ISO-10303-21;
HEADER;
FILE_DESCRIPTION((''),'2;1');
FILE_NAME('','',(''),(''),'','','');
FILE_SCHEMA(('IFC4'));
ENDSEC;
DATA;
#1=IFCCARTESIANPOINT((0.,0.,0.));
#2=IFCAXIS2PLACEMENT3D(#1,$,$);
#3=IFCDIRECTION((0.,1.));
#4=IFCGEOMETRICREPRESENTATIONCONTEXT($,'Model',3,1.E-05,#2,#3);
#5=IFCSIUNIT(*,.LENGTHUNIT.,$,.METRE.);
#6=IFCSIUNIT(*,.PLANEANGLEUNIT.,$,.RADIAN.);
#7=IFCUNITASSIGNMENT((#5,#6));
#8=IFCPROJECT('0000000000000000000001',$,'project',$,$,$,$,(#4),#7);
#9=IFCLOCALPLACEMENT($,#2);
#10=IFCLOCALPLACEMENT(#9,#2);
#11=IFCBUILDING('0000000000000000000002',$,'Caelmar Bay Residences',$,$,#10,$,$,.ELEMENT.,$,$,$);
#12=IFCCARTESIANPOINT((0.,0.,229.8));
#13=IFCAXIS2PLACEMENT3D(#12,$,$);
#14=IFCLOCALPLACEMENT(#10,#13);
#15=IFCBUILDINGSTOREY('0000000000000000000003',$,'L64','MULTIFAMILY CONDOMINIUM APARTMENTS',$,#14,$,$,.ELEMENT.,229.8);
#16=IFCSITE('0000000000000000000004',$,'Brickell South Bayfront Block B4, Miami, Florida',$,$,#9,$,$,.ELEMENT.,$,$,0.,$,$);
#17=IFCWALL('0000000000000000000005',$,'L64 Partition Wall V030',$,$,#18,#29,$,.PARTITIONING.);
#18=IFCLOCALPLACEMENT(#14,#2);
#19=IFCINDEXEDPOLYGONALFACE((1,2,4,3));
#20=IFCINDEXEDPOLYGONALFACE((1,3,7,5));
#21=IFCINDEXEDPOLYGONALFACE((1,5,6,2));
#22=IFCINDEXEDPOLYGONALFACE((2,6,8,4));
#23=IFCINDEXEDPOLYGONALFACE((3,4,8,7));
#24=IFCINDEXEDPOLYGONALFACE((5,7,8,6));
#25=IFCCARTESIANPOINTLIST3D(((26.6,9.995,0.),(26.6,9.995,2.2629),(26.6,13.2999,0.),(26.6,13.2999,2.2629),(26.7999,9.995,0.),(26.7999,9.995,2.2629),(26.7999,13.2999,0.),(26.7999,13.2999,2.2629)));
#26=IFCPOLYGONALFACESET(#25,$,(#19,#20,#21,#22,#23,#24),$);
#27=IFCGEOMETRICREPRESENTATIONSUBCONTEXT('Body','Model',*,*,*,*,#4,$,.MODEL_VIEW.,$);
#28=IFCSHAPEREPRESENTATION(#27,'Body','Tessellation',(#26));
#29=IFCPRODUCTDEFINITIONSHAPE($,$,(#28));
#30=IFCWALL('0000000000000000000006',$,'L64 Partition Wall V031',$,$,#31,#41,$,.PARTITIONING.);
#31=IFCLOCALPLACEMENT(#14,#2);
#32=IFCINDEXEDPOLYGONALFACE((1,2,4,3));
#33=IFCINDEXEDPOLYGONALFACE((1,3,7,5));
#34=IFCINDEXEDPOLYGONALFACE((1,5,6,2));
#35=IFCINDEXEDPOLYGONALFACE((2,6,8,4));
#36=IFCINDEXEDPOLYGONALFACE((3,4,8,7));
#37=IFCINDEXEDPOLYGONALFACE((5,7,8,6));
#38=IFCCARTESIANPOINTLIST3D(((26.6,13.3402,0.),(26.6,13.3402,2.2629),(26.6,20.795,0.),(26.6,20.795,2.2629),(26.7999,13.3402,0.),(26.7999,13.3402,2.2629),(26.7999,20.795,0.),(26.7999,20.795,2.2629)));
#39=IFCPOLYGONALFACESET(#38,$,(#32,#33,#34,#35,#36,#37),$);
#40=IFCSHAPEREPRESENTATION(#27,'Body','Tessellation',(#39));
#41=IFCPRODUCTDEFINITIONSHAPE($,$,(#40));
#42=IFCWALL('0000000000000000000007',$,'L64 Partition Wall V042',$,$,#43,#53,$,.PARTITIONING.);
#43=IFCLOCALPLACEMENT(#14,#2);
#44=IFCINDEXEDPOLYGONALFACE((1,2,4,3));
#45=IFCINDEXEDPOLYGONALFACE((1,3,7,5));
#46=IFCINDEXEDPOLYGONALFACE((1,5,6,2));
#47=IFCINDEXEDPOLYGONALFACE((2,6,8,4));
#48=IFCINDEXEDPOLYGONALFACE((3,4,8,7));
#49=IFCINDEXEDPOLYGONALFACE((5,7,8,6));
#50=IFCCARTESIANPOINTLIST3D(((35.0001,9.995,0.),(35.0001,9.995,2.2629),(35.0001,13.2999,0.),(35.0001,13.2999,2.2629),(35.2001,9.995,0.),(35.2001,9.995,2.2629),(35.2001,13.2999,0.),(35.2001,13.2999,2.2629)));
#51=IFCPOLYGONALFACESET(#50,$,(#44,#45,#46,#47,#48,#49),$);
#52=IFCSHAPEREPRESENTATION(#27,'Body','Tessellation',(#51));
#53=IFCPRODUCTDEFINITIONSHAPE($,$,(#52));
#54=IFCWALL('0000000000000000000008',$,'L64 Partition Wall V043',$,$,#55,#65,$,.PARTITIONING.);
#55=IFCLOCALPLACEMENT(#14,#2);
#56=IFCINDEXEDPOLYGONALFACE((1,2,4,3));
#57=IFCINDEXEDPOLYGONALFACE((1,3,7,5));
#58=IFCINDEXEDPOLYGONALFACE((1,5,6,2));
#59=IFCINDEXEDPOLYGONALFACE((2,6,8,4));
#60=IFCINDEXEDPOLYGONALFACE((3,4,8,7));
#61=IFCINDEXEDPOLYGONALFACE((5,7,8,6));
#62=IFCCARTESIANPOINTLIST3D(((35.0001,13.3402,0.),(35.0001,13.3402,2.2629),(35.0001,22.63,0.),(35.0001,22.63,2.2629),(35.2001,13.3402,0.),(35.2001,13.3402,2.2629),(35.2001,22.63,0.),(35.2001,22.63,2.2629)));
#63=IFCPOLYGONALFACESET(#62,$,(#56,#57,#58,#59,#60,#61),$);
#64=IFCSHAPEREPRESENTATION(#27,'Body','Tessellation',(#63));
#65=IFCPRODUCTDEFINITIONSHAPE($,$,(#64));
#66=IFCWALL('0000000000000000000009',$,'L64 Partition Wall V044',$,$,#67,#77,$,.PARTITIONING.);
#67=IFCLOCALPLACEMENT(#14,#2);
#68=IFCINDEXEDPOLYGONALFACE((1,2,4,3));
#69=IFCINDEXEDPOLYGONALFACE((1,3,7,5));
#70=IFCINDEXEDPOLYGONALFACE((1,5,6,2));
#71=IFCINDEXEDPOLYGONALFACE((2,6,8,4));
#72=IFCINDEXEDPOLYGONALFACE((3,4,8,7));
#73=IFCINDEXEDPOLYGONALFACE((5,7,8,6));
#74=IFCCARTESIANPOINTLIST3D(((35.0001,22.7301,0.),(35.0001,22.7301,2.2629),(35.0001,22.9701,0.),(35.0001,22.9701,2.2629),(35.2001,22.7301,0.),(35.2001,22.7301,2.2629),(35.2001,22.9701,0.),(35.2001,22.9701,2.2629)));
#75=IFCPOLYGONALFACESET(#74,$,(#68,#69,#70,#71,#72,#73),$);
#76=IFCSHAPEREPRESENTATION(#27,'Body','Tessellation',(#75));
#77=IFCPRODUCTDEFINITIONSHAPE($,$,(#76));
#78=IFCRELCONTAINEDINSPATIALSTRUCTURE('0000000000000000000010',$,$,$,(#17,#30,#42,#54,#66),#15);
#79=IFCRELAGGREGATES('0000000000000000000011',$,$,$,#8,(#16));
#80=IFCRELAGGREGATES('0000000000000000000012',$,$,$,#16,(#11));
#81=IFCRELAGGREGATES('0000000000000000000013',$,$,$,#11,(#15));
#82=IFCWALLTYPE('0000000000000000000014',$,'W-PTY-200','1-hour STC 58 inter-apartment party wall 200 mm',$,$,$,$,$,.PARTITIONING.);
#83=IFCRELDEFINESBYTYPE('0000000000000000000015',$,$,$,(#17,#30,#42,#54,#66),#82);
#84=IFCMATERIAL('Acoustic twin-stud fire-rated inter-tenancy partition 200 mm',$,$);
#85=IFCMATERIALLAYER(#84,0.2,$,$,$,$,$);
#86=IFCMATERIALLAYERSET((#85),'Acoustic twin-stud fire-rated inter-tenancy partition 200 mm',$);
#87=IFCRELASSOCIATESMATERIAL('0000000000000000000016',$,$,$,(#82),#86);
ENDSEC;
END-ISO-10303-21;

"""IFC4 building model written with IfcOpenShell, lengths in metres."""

from ifc_helpers import new_model, si_unit, direction, frame, frame_2d, origin, place, context, subcontext, project, spatial, rectangle, extrude, material, layer, layer_set, type_object, element, save


model = new_model("IFC4")

# Units and contexts
model_context = context("Model", 3, precision=1e-05, world=origin(), true_north=direction((0.0, 1.0)))
body_context = subcontext(model_context, "Body", "Model", "MODEL_VIEW")
ifc_project = project(units=[si_unit("LENGTHUNIT", "METRE"), si_unit("PLANEANGLEUNIT", "RADIAN")], contexts=[model_context])

# Site, building, storey
site_placement = place(None, origin())
site = spatial("IfcSite", under=ifc_project, at=site_placement, Name="Brickell South Bayfront Block B4, Miami, Florida", CompositionType="ELEMENT", RefElevation=0.0)
building_placement = place(site_placement, origin())
building = spatial("IfcBuilding", under=site, at=building_placement, Name="Caelmar Bay Residences", CompositionType="ELEMENT")
storey_placement = place(building_placement, frame((0.0, 0.0, 229.8)))
storey = spatial("IfcBuildingStorey", under=building, at=storey_placement, Name="L64", Description="MULTIFAMILY CONDOMINIUM APARTMENTS", CompositionType="ELEMENT", Elevation=229.8)

# Walls
ifc_material_1 = material(Name="Acoustic twin-stud fire-rated inter-tenancy partition 200 mm")
ifc_layer_1 = layer(ifc_material_1, 0.2)
ifc_layer_set_1 = layer_set([ifc_layer_1], Name="Acoustic twin-stud fire-rated inter-tenancy partition 200 mm")
wall_type_1 = type_object("IfcWallType", Name="W-PTY-200", Description="1-hour STC 58 inter-apartment party wall 200 mm", PredefinedType="PARTITIONING", material=ifc_layer_set_1)
wall_1_placement = place(storey_placement, frame((26.7, 9.9951, 0.0), z_axis=(0.0, 0.0, 1.0), x_axis=(0.0, 1.0, 0.0)))
element("IfcWall", 1, at=wall_1_placement, inside=storey, type_object=wall_type_1, Name="L64 Partition Wall V030", PredefinedType="PARTITIONING", context=body_context, shape_type="SweptSolid", body=[
    extrude(rectangle(XDim=3.3049, YDim=0.2, at=frame_2d((1.6523, 0.0))), origin(), (0.0, 0.0, 1.0), 2.2629),
])
wall_2_placement = place(storey_placement, frame((26.7, 13.3401, 0.0), z_axis=(0.0, 0.0, 1.0), x_axis=(0.0, 1.0, 0.0)))
element("IfcWall", 2, at=wall_2_placement, inside=storey, type_object=wall_type_1, Name="L64 Partition Wall V031", PredefinedType="PARTITIONING", context=body_context, shape_type="SweptSolid", body=[
    extrude(rectangle(XDim=7.4548, YDim=0.2, at=frame_2d((3.7275, 0.0))), origin(), (0.0, 0.0, 1.0), 2.2629),
])
wall_3_placement = place(storey_placement, frame((35.1001, 9.9951, 0.0), z_axis=(0.0, 0.0, 1.0), x_axis=(0.0, 1.0, 0.0)))
element("IfcWall", 3, at=wall_3_placement, inside=storey, type_object=wall_type_1, Name="L64 Partition Wall V042", PredefinedType="PARTITIONING", context=body_context, shape_type="SweptSolid", body=[
    extrude(rectangle(XDim=3.3049, YDim=0.2, at=frame_2d((1.6523, 0.0))), origin(), (0.0, 0.0, 1.0), 2.2629),
])
wall_4_placement = place(storey_placement, frame((35.1001, 13.3401, 0.0), z_axis=(0.0, 0.0, 1.0), x_axis=(0.0, 1.0, 0.0)))
element("IfcWall", 4, at=wall_4_placement, inside=storey, type_object=wall_type_1, Name="L64 Partition Wall V043", PredefinedType="PARTITIONING", context=body_context, shape_type="SweptSolid", body=[
    extrude(rectangle(XDim=9.2898, YDim=0.2, at=frame_2d((4.645, 0.0))), origin(), (0.0, 0.0, 1.0), 2.2629),
])
wall_5_placement = place(storey_placement, frame((35.1001, 22.73, 0.0), z_axis=(0.0, 0.0, 1.0), x_axis=(0.0, 1.0, 0.0)))
element("IfcWall", 5, at=wall_5_placement, inside=storey, type_object=wall_type_1, Name="L64 Partition Wall V044", PredefinedType="PARTITIONING", context=body_context, shape_type="SweptSolid", body=[
    extrude(rectangle(XDim=0.24, YDim=0.2, at=frame_2d((0.1201, 0.0))), origin(), (0.0, 0.0, 1.0), 2.2629),
])

save(model, "model.ifc")
